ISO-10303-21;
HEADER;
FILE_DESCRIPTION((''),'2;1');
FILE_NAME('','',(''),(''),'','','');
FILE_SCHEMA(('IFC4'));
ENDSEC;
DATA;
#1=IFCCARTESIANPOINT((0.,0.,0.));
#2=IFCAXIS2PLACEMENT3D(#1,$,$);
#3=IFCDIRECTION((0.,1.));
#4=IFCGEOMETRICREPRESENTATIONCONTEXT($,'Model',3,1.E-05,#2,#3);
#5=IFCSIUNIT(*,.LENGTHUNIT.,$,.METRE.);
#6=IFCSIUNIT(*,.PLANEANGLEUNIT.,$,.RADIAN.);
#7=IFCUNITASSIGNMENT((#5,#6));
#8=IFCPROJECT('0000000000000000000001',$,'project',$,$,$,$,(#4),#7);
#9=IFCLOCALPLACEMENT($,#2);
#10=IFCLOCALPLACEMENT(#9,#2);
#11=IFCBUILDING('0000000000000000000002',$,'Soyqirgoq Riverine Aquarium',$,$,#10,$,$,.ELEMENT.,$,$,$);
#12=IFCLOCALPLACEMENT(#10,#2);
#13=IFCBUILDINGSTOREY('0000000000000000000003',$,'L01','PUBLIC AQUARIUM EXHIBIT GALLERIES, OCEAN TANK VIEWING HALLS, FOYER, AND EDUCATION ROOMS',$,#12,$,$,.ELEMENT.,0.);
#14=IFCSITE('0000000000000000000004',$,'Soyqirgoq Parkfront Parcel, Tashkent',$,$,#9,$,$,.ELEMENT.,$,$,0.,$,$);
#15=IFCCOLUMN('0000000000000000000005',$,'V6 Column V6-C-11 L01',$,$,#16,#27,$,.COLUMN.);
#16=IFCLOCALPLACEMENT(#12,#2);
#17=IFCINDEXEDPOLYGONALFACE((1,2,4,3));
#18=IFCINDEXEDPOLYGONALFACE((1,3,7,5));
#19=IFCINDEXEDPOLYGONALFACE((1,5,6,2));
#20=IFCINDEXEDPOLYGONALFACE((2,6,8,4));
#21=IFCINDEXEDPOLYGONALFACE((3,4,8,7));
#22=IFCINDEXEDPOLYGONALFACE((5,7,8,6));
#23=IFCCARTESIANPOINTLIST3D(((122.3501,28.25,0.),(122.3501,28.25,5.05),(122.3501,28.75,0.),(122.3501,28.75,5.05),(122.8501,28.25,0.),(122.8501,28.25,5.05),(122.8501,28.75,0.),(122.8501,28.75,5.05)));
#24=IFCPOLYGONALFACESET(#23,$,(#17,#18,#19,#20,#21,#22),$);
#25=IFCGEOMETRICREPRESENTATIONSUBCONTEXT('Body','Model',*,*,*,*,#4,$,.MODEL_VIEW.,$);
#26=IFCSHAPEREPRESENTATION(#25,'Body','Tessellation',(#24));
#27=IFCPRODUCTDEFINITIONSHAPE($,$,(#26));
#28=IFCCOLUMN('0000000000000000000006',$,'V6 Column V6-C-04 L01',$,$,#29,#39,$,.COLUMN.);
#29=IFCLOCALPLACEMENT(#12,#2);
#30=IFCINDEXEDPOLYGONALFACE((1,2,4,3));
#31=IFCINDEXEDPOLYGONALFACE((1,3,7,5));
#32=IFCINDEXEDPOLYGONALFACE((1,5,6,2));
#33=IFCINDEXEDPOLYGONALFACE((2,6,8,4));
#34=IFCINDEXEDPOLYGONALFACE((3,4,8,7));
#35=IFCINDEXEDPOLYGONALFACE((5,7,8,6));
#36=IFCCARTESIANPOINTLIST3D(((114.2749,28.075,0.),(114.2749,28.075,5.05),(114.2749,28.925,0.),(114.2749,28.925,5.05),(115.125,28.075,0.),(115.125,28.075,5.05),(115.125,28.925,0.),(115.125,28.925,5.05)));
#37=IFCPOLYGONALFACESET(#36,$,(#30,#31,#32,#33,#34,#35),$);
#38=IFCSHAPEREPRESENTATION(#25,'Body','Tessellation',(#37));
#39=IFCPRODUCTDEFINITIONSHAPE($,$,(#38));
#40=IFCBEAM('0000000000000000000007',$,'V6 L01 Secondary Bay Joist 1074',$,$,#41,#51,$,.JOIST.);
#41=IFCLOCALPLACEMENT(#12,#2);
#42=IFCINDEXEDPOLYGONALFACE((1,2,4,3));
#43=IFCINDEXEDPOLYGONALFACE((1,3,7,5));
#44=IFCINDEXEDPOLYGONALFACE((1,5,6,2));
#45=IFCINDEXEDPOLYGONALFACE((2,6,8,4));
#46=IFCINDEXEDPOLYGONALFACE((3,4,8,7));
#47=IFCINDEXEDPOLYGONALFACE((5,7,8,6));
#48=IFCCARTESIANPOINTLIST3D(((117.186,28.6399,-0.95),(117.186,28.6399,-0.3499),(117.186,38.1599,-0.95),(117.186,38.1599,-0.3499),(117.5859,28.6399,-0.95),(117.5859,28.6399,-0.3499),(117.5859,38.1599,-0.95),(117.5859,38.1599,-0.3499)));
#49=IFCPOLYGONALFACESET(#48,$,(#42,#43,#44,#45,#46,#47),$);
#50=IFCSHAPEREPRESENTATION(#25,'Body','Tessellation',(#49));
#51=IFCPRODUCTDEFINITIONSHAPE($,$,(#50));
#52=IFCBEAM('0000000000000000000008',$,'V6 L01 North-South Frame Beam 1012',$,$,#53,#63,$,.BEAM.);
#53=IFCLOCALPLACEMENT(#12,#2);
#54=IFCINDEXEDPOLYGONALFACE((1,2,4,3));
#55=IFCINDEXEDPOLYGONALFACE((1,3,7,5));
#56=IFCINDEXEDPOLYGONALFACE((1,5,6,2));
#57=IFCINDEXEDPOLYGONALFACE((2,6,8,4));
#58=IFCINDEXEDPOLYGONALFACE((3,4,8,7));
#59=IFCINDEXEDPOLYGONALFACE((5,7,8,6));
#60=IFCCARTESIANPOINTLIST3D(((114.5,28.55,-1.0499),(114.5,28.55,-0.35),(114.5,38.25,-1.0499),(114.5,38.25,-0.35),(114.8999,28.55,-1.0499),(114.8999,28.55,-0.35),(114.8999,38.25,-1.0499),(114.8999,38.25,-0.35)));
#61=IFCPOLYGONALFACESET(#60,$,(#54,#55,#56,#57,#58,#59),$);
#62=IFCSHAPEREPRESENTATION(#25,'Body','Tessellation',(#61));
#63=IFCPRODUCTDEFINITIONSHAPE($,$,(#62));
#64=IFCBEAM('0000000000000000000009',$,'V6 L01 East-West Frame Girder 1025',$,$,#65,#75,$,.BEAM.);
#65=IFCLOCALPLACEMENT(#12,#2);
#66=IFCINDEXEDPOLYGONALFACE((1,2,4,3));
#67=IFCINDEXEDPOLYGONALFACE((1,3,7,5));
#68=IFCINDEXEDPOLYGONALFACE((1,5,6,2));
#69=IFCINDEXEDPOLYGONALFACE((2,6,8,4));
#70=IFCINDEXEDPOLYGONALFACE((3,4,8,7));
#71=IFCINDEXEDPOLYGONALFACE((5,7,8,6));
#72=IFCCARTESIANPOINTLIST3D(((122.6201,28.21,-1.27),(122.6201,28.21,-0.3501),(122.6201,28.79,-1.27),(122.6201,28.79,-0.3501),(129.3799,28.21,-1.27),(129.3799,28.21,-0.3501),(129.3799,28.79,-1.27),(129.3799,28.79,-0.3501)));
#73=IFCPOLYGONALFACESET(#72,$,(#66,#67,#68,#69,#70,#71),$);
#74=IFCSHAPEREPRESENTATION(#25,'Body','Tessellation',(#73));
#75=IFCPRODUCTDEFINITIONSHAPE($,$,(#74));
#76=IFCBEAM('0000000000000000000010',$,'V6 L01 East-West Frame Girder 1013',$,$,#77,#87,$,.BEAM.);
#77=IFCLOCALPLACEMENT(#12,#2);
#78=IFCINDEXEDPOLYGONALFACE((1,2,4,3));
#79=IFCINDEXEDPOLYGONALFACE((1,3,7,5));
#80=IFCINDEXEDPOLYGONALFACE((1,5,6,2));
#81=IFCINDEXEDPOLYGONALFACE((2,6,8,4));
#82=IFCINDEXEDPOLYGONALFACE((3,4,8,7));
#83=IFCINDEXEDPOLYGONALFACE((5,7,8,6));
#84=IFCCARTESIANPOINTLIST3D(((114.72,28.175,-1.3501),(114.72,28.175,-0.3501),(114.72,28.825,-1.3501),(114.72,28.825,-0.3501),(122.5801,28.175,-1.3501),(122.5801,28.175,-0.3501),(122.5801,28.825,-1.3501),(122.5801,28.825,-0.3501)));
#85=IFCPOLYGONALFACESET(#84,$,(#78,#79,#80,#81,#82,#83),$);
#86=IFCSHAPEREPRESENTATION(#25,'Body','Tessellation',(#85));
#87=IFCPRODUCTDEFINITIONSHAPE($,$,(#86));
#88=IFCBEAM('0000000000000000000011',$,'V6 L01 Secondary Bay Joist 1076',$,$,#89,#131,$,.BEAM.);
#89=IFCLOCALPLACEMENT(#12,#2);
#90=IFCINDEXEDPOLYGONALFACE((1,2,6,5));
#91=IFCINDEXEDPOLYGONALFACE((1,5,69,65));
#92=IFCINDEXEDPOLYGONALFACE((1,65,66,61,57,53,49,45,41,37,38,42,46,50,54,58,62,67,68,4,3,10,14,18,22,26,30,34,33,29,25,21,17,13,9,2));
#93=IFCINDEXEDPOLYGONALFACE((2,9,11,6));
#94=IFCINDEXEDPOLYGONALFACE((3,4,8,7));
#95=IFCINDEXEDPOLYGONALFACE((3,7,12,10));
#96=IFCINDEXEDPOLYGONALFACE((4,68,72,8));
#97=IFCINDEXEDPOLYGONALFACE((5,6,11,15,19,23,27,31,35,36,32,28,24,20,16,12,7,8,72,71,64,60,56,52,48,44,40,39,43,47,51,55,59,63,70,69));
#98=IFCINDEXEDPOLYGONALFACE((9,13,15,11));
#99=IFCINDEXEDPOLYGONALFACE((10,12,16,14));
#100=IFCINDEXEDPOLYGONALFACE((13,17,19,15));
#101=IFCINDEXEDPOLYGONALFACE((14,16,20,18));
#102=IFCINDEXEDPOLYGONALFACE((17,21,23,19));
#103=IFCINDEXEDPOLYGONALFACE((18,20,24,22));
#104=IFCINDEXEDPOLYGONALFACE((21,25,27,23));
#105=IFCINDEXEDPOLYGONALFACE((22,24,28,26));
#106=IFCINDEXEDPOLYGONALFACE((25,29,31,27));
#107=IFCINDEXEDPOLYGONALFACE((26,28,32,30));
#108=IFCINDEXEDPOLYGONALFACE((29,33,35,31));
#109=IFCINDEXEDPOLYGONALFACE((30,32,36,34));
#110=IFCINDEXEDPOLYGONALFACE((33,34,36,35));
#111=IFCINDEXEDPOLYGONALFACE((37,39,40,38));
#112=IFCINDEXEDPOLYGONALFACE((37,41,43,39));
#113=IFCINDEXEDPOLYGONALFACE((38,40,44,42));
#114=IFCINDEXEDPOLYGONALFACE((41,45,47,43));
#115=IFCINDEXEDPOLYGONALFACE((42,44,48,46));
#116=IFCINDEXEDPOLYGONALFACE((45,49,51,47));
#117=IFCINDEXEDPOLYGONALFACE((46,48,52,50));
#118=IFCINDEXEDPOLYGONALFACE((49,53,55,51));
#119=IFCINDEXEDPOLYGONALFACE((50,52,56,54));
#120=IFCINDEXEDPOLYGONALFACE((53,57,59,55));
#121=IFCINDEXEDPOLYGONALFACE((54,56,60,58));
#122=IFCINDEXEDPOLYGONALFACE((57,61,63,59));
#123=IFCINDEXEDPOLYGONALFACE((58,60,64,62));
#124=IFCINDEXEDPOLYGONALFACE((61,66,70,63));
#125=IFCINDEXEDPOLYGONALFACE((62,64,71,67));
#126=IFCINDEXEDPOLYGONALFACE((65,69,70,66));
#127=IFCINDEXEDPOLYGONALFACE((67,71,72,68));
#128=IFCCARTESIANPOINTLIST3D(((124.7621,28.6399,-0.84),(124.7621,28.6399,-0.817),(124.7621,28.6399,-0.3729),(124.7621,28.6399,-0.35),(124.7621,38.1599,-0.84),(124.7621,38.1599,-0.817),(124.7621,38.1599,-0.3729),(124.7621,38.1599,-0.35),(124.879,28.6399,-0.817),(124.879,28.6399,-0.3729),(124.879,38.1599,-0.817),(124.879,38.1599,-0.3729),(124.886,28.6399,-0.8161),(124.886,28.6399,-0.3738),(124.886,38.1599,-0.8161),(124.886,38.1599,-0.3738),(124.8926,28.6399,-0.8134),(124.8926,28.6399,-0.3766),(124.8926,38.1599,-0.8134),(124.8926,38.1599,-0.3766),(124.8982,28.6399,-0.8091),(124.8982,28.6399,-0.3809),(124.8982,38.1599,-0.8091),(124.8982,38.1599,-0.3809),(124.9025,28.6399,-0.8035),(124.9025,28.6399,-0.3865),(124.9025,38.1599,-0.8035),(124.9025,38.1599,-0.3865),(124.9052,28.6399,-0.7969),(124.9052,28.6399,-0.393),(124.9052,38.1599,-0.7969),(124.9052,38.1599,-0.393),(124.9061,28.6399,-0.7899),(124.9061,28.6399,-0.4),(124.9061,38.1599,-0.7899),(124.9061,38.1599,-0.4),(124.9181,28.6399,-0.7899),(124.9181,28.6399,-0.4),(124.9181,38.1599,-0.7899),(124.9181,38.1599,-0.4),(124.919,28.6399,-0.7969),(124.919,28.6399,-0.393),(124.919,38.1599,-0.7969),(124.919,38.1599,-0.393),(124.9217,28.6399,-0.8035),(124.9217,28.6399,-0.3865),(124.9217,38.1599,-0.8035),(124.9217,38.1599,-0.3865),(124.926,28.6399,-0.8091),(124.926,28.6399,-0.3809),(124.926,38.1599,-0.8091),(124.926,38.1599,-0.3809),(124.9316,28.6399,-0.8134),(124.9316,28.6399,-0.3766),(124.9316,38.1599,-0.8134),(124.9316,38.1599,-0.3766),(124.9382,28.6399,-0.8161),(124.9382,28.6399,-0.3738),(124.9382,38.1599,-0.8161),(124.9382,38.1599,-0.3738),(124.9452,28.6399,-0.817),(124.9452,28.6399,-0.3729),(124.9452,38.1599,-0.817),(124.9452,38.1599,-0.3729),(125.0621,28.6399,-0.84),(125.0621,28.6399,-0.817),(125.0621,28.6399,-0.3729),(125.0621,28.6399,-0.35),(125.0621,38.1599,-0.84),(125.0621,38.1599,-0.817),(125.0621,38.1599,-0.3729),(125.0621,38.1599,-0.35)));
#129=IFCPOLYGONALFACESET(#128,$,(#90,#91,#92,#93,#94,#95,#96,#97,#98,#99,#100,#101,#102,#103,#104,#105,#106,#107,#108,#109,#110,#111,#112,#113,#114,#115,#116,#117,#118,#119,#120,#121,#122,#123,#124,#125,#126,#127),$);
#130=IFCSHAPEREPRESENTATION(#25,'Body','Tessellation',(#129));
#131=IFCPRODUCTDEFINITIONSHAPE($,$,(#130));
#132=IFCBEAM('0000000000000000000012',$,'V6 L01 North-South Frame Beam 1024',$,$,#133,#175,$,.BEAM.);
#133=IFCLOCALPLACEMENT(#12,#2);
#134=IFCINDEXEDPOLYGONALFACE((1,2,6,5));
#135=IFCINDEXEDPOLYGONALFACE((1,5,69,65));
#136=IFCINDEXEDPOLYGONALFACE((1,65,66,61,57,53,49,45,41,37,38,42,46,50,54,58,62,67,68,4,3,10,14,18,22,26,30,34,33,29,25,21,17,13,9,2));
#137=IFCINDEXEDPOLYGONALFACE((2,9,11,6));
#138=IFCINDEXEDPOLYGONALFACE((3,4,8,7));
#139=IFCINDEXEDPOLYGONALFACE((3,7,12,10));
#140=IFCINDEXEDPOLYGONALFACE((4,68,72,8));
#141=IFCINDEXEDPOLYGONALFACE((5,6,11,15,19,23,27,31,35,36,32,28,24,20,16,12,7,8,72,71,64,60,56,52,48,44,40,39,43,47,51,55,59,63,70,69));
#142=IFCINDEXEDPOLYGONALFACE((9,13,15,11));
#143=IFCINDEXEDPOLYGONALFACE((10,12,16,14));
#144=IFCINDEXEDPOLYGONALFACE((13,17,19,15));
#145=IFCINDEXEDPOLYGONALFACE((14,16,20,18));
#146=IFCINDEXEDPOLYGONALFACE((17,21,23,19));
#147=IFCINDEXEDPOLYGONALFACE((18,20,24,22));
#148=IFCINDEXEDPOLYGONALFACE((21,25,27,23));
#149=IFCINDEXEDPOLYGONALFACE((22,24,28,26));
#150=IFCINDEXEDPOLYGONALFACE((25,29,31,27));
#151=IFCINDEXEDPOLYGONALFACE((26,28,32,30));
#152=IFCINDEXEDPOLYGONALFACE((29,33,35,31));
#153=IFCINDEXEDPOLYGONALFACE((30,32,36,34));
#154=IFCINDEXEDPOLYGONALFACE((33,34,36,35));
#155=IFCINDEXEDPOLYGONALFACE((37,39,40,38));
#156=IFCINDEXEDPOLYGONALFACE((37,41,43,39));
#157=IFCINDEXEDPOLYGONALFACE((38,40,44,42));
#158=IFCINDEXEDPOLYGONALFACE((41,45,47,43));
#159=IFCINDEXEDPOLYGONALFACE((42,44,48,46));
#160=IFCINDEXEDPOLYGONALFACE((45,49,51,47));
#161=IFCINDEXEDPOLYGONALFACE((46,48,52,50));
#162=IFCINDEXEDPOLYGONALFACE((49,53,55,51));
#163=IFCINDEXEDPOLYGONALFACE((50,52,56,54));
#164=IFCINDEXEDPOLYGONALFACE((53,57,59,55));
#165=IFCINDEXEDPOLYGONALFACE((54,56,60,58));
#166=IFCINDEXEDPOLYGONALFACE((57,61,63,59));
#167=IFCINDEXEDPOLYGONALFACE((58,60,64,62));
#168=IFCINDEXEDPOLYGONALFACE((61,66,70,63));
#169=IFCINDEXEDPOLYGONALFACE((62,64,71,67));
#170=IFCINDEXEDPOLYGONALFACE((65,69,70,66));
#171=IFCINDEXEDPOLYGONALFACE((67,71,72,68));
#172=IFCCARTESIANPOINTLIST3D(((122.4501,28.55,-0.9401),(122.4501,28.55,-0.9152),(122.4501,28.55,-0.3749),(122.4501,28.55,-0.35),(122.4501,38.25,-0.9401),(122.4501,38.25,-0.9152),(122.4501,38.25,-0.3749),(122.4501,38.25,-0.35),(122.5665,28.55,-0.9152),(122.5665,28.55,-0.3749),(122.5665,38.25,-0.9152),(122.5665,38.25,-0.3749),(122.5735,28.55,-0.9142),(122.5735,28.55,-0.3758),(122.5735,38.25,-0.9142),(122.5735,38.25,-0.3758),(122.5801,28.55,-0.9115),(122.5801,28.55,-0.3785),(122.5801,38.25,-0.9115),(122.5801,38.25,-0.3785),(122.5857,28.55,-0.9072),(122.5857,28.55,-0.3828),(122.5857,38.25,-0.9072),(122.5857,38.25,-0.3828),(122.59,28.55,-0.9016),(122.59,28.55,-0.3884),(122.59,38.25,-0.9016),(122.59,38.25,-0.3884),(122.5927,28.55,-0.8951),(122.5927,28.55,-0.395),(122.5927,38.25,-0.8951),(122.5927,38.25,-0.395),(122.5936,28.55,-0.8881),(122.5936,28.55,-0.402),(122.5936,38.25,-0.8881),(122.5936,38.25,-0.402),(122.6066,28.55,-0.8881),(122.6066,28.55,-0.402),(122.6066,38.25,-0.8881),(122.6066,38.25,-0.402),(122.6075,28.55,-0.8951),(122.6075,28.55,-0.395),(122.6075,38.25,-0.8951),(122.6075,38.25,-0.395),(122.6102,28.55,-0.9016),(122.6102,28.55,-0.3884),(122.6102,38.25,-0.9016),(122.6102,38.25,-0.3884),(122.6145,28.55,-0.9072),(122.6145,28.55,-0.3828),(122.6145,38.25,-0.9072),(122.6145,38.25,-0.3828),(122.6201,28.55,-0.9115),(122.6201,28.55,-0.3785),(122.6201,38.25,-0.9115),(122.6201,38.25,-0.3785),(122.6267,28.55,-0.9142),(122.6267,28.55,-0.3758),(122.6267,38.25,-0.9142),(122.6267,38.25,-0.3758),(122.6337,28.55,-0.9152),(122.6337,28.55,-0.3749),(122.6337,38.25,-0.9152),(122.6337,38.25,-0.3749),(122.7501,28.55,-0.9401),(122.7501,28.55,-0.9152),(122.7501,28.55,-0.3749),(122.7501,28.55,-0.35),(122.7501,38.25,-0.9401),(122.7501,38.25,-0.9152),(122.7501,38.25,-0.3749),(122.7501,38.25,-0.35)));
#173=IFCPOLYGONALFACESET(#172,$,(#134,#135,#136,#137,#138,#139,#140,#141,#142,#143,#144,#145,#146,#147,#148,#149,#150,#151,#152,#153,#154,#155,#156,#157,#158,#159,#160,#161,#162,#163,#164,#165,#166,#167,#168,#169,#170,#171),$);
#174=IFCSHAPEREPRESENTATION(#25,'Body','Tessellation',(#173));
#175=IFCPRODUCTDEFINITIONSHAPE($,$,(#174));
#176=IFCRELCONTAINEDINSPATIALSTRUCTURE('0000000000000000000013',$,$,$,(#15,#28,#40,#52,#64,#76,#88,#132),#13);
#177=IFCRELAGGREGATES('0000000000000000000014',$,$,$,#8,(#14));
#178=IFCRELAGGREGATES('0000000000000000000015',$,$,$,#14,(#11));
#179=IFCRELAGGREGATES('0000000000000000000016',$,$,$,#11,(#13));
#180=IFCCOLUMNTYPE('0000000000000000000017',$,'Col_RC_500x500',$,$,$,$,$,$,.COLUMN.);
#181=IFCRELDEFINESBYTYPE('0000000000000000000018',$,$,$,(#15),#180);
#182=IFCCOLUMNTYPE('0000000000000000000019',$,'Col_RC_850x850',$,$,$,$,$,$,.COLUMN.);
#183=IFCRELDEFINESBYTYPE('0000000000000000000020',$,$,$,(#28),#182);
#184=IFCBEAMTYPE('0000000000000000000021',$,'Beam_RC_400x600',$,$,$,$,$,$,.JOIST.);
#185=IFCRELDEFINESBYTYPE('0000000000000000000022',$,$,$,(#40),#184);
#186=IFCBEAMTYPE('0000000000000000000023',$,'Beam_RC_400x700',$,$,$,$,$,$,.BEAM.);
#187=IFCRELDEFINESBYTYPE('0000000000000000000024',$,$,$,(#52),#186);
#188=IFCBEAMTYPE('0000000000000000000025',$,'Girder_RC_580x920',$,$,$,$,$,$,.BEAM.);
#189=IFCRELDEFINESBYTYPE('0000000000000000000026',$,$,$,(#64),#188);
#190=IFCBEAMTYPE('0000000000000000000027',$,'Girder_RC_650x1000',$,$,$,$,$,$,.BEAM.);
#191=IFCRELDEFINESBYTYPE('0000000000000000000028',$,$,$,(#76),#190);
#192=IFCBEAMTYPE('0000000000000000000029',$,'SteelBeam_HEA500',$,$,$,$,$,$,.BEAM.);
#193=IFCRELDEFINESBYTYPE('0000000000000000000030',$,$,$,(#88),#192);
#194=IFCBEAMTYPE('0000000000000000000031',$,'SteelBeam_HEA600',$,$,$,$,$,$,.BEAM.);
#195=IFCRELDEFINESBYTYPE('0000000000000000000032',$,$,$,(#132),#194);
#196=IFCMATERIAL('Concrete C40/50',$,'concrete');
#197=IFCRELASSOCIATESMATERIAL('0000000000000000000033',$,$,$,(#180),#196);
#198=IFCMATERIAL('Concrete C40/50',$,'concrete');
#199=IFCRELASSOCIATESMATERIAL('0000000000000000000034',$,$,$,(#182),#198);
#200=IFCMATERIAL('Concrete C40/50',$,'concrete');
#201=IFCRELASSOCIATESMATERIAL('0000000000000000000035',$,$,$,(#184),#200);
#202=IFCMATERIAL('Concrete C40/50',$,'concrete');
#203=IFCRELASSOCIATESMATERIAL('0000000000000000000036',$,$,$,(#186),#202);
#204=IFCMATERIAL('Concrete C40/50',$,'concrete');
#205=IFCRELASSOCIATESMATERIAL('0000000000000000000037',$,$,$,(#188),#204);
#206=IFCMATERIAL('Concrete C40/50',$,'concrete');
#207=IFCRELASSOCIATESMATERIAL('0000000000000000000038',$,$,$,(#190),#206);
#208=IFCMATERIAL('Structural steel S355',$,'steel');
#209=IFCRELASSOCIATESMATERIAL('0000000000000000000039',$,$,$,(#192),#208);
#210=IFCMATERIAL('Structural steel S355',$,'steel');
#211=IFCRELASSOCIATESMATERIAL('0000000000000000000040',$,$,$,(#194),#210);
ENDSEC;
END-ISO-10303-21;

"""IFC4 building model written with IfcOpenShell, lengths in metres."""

from ifc_helpers import new_model, si_unit, direction, frame, origin, origin_2d, place, context, subcontext, project, spatial, rectangle, i_section, extrude, material, material_profile, profile_set, type_object, element, save


model = new_model("IFC4")

# Units and contexts
model_context = context("Model", 3, precision=1e-05, world=origin(), true_north=direction((0.0, 1.0)))
body_context = subcontext(model_context, "Body", "Model", "MODEL_VIEW")
ifc_project = project(units=[si_unit("LENGTHUNIT", "METRE"), si_unit("PLANEANGLEUNIT", "RADIAN")], contexts=[model_context])

# Site, building, storey
site_placement = place(None, origin())
site = spatial("IfcSite", under=ifc_project, at=site_placement, Name="Soyqirgoq Parkfront Parcel, Tashkent", CompositionType="ELEMENT", RefElevation=0.0)
building_placement = place(site_placement, origin())
building = spatial("IfcBuilding", under=site, at=building_placement, Name="Soyqirgoq Riverine Aquarium", CompositionType="ELEMENT")
storey_placement = place(building_placement, origin())
storey = spatial("IfcBuildingStorey", under=building, at=storey_placement, Name="L01", Description="PUBLIC AQUARIUM EXHIBIT GALLERIES, OCEAN TANK VIEWING HALLS, FOYER, AND EDUCATION ROOMS", CompositionType="ELEMENT", Elevation=0.0)

# Columns
ifc_material_1 = material(Name="Concrete C40/50", Category="concrete")
ifc_material_profile_1 = material_profile(ifc_material_1, rectangle(XDim=0.5, YDim=0.5, at=origin_2d()), Name="RC 500x500")
ifc_profile_set_1 = profile_set([ifc_material_profile_1], Name="Concrete C40/50")
column_type_1 = type_object("IfcColumnType", Name="Col_RC_500x500", PredefinedType="COLUMN", material=ifc_profile_set_1)
column_1_placement = place(storey_placement, frame((122.6001, 28.5, 0.0), z_axis=(0.0, 0.0, 1.0), x_axis=(1.0, 0.0, 0.0)))
element("IfcColumn", 1, at=column_1_placement, inside=storey, type_object=column_type_1, Name="V6 Column V6-C-11 L01", PredefinedType="COLUMN", context=body_context, shape_type="SweptSolid", body=[
    extrude(rectangle(XDim=0.5, YDim=0.5, at=origin_2d()), origin(), (0.0, 0.0, 1.0), 5.05),
])
ifc_material_2 = material(Name="Concrete C40/50", Category="concrete")
ifc_material_profile_2 = material_profile(ifc_material_2, rectangle(XDim=0.8501, YDim=0.8501, at=origin_2d()), Name="RC 850x850")
ifc_profile_set_2 = profile_set([ifc_material_profile_2], Name="Concrete C40/50")
column_type_2 = type_object("IfcColumnType", Name="Col_RC_850x850", PredefinedType="COLUMN", material=ifc_profile_set_2)
column_2_placement = place(storey_placement, frame((114.7, 28.5, 0.0), z_axis=(0.0, 0.0, 1.0), x_axis=(1.0, 0.0, 0.0)))
element("IfcColumn", 2, at=column_2_placement, inside=storey, type_object=column_type_2, Name="V6 Column V6-C-04 L01", PredefinedType="COLUMN", context=body_context, shape_type="SweptSolid", body=[
    extrude(rectangle(XDim=0.8501, YDim=0.8501, at=origin_2d()), origin(), (0.0, 0.0, 1.0), 5.05),
])

# Beams
ifc_material_3 = material(Name="Concrete C40/50", Category="concrete")
ifc_material_profile_3 = material_profile(ifc_material_3, rectangle(XDim=0.3999, YDim=0.6001, at=origin_2d()), Name="RC 400x600")
ifc_profile_set_3 = profile_set([ifc_material_profile_3], Name="Concrete C40/50")
beam_type_1 = type_object("IfcBeamType", Name="Beam_RC_400x600", PredefinedType="JOIST", material=ifc_profile_set_3)
beam_1_placement = place(storey_placement, frame((117.386, 28.6399, -0.6499), z_axis=(0.0, 1.0, 0.0), x_axis=(-1.0, 0.0, 0.0)))
element("IfcBeam", 3, at=beam_1_placement, inside=storey, type_object=beam_type_1, Name="V6 L01 Secondary Bay Joist 1074", PredefinedType="JOIST", context=body_context, shape_type="SweptSolid", body=[
    extrude(rectangle(XDim=0.3999, YDim=0.6001, at=origin_2d()), origin(), (0.0, 0.0, 1.0), 9.52),
])
ifc_material_4 = material(Name="Concrete C40/50", Category="concrete")
ifc_material_profile_4 = material_profile(ifc_material_4, rectangle(XDim=0.3999, YDim=0.7, at=origin_2d()), Name="RC 400x700")
ifc_profile_set_4 = profile_set([ifc_material_profile_4], Name="Concrete C40/50")
beam_type_2 = type_object("IfcBeamType", Name="Beam_RC_400x700", PredefinedType="BEAM", material=ifc_profile_set_4)
beam_2_placement = place(storey_placement, frame((114.7, 28.55, -0.7), z_axis=(0.0, 1.0, 0.0), x_axis=(-1.0, 0.0, 0.0)))
element("IfcBeam", 4, at=beam_2_placement, inside=storey, type_object=beam_type_2, Name="V6 L01 North-South Frame Beam 1012", PredefinedType="BEAM", context=body_context, shape_type="SweptSolid", body=[
    extrude(rectangle(XDim=0.3999, YDim=0.7, at=origin_2d()), origin(), (0.0, 0.0, 1.0), 9.7),
])
ifc_material_5 = material(Name="Concrete C40/50", Category="concrete")
ifc_material_profile_5 = material_profile(ifc_material_5, rectangle(XDim=0.5801, YDim=0.9199, at=origin_2d()), Name="RC 580x920")
ifc_profile_set_5 = profile_set([ifc_material_profile_5], Name="Concrete C40/50")
beam_type_3 = type_object("IfcBeamType", Name="Girder_RC_580x920", PredefinedType="BEAM", material=ifc_profile_set_5)
beam_3_placement = place(storey_placement, frame((122.6201, 28.5, -0.8101), z_axis=(1.0, 0.0, 0.0), x_axis=(0.0, 1.0, 0.0)))
element("IfcBeam", 5, at=beam_3_placement, inside=storey, type_object=beam_type_3, Name="V6 L01 East-West Frame Girder 1025", PredefinedType="BEAM", context=body_context, shape_type="SweptSolid", body=[
    extrude(rectangle(XDim=0.5801, YDim=0.9199, at=origin_2d()), origin(), (0.0, 0.0, 1.0), 6.7598),
])
ifc_material_6 = material(Name="Concrete C40/50", Category="concrete")
ifc_material_profile_6 = material_profile(ifc_material_6, rectangle(XDim=0.6499, YDim=1.0, at=origin_2d()), Name="RC 650x1000")
ifc_profile_set_6 = profile_set([ifc_material_profile_6], Name="Concrete C40/50")
beam_type_4 = type_object("IfcBeamType", Name="Girder_RC_650x1000", PredefinedType="BEAM", material=ifc_profile_set_6)
beam_4_placement = place(storey_placement, frame((114.72, 28.5, -0.8501), z_axis=(1.0, 0.0, 0.0), x_axis=(0.0, 1.0, 0.0)))
element("IfcBeam", 6, at=beam_4_placement, inside=storey, type_object=beam_type_4, Name="V6 L01 East-West Frame Girder 1013", PredefinedType="BEAM", context=body_context, shape_type="SweptSolid", body=[
    extrude(rectangle(XDim=0.6499, YDim=1.0, at=origin_2d()), origin(), (0.0, 0.0, 1.0), 7.8601),
])
ifc_material_7 = material(Name="Structural steel S355", Category="steel")
ifc_material_profile_7 = material_profile(ifc_material_7, i_section(OverallWidth=0.3, OverallDepth=0.49, WebThickness=0.012, FlangeThickness=0.0229, FilletRadius=0.0271, at=origin_2d()), Name="HEA 500")
ifc_profile_set_7 = profile_set([ifc_material_profile_7], Name="Structural steel S355")
beam_type_5 = type_object("IfcBeamType", Name="SteelBeam_HEA500", PredefinedType="BEAM", material=ifc_profile_set_7)
beam_5_placement = place(storey_placement, frame((124.9121, 28.6399, -0.595), z_axis=(0.0, 1.0, 0.0), x_axis=(-1.0, 0.0, 0.0)))
element("IfcBeam", 7, at=beam_5_placement, inside=storey, type_object=beam_type_5, Name="V6 L01 Secondary Bay Joist 1076", PredefinedType="BEAM", context=body_context, shape_type="SweptSolid", body=[
    extrude(i_section(OverallWidth=0.3, OverallDepth=0.49, WebThickness=0.012, FlangeThickness=0.0229, FilletRadius=0.0271, at=origin_2d()), origin(), (0.0, 0.0, 1.0), 9.52),
])
ifc_material_8 = material(Name="Structural steel S355", Category="steel")
ifc_material_profile_8 = material_profile(ifc_material_8, i_section(OverallWidth=0.3, OverallDepth=0.5901, WebThickness=0.0129, FlangeThickness=0.0249, FilletRadius=0.0271, at=origin_2d()), Name="HEA 600")
ifc_profile_set_8 = profile_set([ifc_material_profile_8], Name="Structural steel S355")
beam_type_6 = type_object("IfcBeamType", Name="SteelBeam_HEA600", PredefinedType="BEAM", material=ifc_profile_set_8)
beam_6_placement = place(storey_placement, frame((122.6001, 28.55, -0.645), z_axis=(0.0, 1.0, 0.0), x_axis=(-1.0, 0.0, 0.0)))
element("IfcBeam", 8, at=beam_6_placement, inside=storey, type_object=beam_type_6, Name="V6 L01 North-South Frame Beam 1024", PredefinedType="BEAM", context=body_context, shape_type="SweptSolid", body=[
    extrude(i_section(OverallWidth=0.3, OverallDepth=0.5901, WebThickness=0.0129, FlangeThickness=0.0249, FilletRadius=0.0271, at=origin_2d()), origin(), (0.0, 0.0, 1.0), 9.7),
])

save(model, "model.ifc")
